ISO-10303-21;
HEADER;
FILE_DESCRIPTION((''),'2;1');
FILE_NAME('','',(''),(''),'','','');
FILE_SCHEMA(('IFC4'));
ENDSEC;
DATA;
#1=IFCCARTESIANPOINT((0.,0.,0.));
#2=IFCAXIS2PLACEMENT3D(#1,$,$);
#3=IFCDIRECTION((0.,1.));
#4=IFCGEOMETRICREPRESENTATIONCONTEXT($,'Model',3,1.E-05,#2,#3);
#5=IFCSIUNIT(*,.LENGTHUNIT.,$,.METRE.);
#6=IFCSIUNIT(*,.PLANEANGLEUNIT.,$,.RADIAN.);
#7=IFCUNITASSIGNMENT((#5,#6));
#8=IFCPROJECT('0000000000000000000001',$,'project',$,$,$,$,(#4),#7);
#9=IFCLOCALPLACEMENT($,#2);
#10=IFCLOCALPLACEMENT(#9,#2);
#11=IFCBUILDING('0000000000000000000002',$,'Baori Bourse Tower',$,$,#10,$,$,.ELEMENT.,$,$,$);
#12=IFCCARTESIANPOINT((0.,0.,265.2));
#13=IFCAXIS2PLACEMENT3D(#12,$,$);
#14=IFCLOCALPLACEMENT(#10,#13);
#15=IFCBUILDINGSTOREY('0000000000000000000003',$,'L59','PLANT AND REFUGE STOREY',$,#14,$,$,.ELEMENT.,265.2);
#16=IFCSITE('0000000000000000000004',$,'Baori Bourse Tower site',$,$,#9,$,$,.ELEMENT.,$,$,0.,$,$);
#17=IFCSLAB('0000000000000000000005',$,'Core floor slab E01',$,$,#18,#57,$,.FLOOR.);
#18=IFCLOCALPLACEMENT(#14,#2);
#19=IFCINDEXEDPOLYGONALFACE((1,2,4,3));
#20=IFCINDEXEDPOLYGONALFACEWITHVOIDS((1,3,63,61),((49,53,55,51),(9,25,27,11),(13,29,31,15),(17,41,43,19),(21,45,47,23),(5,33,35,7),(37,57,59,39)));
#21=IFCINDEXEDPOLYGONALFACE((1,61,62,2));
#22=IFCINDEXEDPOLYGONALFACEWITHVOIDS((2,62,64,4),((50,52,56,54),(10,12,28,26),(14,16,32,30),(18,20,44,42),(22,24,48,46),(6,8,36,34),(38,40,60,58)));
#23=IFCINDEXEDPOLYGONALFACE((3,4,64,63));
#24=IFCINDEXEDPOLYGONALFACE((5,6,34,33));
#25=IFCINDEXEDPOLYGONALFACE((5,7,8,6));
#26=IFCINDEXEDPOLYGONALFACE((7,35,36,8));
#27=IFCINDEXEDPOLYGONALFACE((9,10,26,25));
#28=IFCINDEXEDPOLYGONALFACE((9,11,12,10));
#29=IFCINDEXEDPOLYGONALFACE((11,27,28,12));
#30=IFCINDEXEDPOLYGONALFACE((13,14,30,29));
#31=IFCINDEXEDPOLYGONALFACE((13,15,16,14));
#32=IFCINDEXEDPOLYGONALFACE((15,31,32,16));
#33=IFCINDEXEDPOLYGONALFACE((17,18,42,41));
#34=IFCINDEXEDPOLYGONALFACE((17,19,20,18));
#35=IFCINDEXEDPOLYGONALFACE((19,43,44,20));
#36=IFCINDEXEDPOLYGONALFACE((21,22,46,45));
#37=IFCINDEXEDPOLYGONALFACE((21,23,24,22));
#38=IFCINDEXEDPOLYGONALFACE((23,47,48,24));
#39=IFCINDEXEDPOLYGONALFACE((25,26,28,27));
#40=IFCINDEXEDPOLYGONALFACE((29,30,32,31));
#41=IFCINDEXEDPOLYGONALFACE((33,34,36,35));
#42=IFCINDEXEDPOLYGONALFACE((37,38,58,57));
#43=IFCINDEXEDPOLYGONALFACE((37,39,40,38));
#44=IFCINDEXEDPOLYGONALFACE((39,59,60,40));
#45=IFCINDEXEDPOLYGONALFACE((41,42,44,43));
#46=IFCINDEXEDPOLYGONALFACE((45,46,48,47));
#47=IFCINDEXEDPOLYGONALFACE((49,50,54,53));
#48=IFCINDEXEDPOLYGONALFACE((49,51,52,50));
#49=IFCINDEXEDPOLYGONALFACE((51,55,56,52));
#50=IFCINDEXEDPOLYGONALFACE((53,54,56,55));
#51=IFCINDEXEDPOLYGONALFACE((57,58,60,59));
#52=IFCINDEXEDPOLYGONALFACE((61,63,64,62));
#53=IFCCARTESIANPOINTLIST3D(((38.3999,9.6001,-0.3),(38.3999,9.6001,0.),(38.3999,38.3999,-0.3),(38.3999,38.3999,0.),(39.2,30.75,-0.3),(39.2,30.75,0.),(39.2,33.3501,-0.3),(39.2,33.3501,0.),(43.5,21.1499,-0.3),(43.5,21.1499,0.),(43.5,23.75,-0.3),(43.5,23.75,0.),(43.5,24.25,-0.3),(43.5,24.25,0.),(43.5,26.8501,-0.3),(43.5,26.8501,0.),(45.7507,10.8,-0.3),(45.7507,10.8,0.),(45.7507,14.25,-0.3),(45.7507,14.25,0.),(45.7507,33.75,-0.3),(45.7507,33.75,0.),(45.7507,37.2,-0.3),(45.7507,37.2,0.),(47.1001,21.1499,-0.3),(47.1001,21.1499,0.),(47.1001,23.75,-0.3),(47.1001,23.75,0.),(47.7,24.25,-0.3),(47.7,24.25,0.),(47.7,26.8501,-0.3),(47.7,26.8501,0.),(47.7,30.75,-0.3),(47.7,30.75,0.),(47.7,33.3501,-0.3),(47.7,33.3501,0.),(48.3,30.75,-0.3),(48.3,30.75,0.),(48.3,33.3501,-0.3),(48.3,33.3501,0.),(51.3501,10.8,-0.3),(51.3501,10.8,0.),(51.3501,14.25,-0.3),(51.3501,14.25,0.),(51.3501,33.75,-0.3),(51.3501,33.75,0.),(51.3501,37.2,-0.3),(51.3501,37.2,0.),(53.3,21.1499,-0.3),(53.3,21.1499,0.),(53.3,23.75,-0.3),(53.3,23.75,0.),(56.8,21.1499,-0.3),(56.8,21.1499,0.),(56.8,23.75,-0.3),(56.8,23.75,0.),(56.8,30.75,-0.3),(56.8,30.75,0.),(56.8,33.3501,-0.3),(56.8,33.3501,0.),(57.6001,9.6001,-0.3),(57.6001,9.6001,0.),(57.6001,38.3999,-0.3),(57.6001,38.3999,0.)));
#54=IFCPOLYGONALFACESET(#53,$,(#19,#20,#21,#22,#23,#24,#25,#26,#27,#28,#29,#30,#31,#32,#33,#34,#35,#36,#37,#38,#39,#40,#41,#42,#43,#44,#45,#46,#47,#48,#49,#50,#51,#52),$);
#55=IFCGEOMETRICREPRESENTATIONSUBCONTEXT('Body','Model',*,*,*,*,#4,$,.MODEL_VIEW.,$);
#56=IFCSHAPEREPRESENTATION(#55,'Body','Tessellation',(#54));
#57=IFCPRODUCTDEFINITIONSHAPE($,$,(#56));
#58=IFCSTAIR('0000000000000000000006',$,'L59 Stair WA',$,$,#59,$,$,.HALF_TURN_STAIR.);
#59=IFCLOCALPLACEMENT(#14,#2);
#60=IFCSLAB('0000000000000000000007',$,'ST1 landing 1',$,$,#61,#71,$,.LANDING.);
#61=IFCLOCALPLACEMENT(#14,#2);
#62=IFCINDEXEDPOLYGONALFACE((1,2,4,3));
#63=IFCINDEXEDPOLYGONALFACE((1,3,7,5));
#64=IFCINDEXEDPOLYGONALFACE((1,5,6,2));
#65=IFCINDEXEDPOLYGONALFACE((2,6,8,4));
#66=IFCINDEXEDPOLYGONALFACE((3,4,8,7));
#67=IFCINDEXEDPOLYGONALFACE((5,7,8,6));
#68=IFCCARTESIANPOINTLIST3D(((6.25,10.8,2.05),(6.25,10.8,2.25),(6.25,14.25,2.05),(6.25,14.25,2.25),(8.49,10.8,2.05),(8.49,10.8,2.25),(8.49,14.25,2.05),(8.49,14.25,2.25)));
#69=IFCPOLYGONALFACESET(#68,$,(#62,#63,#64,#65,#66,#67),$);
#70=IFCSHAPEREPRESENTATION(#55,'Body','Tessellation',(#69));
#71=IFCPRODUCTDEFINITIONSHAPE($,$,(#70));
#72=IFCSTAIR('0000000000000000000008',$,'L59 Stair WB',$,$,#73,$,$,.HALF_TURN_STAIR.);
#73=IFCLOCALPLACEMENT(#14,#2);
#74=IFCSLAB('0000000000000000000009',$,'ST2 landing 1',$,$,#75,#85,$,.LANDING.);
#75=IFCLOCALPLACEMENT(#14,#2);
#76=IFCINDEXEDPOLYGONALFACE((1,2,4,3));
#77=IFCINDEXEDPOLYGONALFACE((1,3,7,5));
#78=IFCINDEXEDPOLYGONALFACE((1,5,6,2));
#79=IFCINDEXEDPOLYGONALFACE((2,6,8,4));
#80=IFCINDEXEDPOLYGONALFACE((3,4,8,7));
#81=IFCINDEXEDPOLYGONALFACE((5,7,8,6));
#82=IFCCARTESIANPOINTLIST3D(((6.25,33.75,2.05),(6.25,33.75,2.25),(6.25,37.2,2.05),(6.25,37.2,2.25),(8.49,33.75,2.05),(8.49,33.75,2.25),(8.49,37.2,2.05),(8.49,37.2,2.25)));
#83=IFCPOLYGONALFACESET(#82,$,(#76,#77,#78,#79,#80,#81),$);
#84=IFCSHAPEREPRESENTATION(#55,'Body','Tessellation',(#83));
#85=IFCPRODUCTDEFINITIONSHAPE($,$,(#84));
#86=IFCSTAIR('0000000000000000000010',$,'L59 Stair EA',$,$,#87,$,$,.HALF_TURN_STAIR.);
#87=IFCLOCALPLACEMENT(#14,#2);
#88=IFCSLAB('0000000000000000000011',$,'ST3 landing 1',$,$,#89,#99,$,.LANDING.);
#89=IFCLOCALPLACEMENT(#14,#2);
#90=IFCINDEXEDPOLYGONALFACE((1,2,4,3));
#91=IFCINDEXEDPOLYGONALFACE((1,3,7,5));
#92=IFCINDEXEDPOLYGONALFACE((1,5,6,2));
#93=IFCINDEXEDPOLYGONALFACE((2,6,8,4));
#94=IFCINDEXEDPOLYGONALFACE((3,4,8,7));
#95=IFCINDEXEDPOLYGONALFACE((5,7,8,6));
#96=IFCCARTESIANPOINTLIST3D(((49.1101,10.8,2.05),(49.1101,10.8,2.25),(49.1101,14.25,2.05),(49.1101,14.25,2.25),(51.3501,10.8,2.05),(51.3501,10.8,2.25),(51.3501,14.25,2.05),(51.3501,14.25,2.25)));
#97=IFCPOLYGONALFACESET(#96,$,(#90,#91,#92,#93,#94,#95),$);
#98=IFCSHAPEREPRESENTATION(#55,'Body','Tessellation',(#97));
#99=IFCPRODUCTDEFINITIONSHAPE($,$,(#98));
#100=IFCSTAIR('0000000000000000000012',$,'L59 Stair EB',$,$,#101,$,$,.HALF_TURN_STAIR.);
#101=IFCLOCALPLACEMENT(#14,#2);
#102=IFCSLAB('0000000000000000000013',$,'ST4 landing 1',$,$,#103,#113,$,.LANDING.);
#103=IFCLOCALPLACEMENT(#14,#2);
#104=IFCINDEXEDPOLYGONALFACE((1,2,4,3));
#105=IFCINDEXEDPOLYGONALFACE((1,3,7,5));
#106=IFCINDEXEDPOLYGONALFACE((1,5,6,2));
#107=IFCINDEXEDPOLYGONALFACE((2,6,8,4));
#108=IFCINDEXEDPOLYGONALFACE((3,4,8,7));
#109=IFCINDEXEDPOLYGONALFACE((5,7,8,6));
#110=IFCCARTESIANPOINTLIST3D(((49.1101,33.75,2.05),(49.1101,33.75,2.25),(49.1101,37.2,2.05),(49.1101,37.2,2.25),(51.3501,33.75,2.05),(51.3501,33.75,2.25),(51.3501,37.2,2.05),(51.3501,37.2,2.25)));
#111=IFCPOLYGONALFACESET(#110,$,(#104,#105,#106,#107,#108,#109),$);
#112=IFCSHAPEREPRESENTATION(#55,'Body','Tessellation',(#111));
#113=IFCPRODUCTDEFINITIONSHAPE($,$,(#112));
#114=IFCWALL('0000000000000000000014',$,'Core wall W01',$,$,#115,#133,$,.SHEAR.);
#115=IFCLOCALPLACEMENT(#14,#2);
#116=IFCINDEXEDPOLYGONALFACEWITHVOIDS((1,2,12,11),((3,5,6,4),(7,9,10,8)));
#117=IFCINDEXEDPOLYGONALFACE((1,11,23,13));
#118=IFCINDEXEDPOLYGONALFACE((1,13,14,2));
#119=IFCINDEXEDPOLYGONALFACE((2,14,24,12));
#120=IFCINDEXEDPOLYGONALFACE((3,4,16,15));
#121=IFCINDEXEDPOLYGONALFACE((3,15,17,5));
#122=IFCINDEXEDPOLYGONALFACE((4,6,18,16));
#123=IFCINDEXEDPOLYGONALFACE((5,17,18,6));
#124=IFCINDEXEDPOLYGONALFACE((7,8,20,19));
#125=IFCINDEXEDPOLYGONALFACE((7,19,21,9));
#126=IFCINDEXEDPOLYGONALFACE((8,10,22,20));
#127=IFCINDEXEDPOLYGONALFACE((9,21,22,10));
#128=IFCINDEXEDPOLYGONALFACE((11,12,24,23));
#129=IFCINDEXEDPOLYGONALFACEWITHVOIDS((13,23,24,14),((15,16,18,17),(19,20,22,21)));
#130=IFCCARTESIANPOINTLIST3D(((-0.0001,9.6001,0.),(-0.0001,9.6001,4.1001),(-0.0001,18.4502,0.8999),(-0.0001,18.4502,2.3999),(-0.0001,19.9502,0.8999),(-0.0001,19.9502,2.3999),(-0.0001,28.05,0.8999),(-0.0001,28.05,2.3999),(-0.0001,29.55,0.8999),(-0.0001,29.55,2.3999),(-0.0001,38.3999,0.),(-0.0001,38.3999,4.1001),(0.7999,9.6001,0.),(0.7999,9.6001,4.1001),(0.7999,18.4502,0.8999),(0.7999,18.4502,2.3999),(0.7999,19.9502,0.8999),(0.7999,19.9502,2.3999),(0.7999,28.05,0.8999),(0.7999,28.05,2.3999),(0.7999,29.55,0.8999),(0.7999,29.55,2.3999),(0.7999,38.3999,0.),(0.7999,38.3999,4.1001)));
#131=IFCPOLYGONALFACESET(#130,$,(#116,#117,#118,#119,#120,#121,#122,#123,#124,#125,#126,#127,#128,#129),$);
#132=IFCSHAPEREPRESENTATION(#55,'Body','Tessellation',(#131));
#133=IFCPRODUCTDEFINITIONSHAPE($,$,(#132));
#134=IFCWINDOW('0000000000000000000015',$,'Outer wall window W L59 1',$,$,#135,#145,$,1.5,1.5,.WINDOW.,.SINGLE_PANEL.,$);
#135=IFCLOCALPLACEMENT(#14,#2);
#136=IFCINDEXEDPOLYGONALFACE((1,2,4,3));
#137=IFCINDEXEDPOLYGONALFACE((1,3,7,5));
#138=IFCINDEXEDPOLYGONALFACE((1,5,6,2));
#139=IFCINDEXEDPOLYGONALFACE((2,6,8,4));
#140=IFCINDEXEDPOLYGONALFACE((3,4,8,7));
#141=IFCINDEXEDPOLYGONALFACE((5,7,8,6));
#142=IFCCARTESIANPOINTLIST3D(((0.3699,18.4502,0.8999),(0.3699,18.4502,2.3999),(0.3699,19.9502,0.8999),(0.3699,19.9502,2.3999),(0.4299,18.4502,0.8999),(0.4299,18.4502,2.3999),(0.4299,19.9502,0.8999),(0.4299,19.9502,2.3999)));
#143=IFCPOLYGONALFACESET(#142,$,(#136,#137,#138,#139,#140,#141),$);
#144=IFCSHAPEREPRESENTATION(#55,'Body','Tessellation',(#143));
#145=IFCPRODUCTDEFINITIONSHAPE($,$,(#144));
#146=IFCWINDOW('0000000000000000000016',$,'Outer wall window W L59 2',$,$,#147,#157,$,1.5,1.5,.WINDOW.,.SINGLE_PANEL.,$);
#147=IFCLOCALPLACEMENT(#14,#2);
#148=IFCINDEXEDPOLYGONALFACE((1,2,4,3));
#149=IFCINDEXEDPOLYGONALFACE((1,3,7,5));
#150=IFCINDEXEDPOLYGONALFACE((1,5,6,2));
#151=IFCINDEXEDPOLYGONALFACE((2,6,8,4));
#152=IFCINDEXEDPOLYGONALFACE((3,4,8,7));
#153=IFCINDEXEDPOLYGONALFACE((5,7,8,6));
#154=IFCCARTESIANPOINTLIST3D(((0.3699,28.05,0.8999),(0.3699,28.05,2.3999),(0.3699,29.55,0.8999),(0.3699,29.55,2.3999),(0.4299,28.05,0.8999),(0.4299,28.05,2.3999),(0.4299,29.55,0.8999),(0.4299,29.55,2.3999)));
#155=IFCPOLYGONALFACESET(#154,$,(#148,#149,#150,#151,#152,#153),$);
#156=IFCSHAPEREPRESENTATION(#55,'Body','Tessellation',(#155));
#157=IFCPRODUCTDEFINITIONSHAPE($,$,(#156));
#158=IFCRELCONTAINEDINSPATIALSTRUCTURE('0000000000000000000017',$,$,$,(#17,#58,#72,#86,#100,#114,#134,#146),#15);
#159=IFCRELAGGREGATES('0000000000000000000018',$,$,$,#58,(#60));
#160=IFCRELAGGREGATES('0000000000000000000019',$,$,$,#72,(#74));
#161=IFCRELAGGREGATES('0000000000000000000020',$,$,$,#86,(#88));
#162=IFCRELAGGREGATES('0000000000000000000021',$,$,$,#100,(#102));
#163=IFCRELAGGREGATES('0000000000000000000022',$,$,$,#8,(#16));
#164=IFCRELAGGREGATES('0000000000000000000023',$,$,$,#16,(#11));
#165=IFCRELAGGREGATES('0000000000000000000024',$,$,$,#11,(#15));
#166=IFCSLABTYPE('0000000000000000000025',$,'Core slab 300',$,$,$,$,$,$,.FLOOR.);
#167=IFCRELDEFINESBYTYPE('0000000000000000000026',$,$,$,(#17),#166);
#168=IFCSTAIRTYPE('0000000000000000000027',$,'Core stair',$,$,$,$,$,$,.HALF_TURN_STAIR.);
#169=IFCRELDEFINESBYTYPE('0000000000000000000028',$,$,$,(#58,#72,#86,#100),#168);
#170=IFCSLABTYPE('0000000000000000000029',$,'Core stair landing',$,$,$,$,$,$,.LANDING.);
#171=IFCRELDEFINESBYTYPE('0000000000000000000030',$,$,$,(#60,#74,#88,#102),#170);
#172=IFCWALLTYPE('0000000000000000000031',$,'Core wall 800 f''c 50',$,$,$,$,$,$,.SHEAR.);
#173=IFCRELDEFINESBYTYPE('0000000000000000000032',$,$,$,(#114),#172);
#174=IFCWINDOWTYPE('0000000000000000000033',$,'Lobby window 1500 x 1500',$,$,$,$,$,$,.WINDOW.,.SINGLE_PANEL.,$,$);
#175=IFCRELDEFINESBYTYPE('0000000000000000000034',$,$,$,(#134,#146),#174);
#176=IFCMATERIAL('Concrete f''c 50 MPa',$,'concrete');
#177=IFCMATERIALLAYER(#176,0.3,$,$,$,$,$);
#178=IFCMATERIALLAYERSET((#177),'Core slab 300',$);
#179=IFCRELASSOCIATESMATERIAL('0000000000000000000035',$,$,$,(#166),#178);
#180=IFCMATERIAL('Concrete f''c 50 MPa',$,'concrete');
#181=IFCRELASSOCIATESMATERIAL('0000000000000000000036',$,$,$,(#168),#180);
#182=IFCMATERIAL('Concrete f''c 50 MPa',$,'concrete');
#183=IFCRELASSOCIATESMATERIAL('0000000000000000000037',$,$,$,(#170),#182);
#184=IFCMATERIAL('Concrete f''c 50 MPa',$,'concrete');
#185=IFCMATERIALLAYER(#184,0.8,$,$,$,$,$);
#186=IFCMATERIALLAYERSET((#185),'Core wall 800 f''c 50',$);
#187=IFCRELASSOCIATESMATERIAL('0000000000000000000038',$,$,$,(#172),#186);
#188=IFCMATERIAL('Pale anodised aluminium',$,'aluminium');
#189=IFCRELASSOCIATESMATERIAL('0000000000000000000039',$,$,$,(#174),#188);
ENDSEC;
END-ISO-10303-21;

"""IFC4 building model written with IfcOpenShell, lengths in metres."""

from ifc_helpers import new_model, si_unit, direction, frame, frame_2d, origin, place, context, subcontext, project, spatial, polyline, rectangle, outline, extrude, material, layer, layer_set, type_object, element, fill, aggregate, save


model = new_model("IFC4")

# Units and contexts
model_context = context("Model", 3, precision=1e-05, world=origin(), true_north=direction((0.0, 1.0)))
body_context = subcontext(model_context, "Body", "Model", "MODEL_VIEW")
ifc_project = project(units=[si_unit("LENGTHUNIT", "METRE"), si_unit("PLANEANGLEUNIT", "RADIAN")], contexts=[model_context])

# Site, building, storey
site_placement = place(None, origin())
site = spatial("IfcSite", under=ifc_project, at=site_placement, Name="Baori Bourse Tower site", CompositionType="ELEMENT", RefElevation=0.0)
building_placement = place(site_placement, origin())
building = spatial("IfcBuilding", under=site, at=building_placement, Name="Baori Bourse Tower", CompositionType="ELEMENT")
storey_placement = place(building_placement, frame((0.0, 0.0, 265.2)))
storey = spatial("IfcBuildingStorey", under=building, at=storey_placement, Name="L59", Description="PLANT AND REFUGE STOREY", CompositionType="ELEMENT", Elevation=265.2)

# Slab
ifc_material_1 = material(Name="Concrete f'c 50 MPa", Category="concrete")
ifc_layer_1 = layer(ifc_material_1, 0.3)
ifc_layer_set_1 = layer_set([ifc_layer_1], Name="Core slab 300")
slab_type_1 = type_object("IfcSlabType", Name="Core slab 300", PredefinedType="FLOOR", material=ifc_layer_set_1)
slab_1_placement = place(storey_placement, frame((0.0, 0.0, -0.3)))
element("IfcSlab", 1, at=slab_1_placement, inside=storey, type_object=slab_type_1, Name="Core floor slab E01", PredefinedType="FLOOR", context=body_context, shape_type="SweptSolid", body=[
    extrude(outline(polyline([(57.6001, 9.6001), (57.6001, 38.3999), (38.3999, 38.3999), (38.3999, 9.6001), (57.6001, 9.6001)]), holes=[polyline([(48.3, 33.3501), (56.8, 33.3501), (56.8, 30.75), (48.3, 30.75), (48.3, 33.3501)]), polyline([(56.8, 21.1499), (53.3, 21.1499), (53.3, 23.75), (56.8, 23.75), (56.8, 21.1499)]), polyline([(45.7507, 14.25), (51.3501, 14.25), (51.3501, 10.8), (45.7507, 10.8), (45.7507, 14.25)]), polyline([(51.3501, 37.2), (51.3501, 33.75), (45.7507, 33.75), (45.7507, 37.2), (51.3501, 37.2)]), polyline([(43.5, 24.25), (43.5, 26.8501), (47.7, 26.8501), (47.7, 24.25), (43.5, 24.25)]), polyline([(47.7, 33.3501), (47.7, 30.75), (39.2, 30.75), (39.2, 33.3501), (47.7, 33.3501)]), polyline([(43.5, 23.75), (47.1001, 23.75), (47.1001, 21.1499), (43.5, 21.1499), (43.5, 23.75)])]), origin(), (0.0, 0.0, 1.0), 0.3),
])

# Stairs, slabs
ifc_material_2 = material(Name="Concrete f'c 50 MPa", Category="concrete")
stair_type = type_object("IfcStairType", Name="Core stair", PredefinedType="HALF_TURN_STAIR", material=ifc_material_2)
stair_1_placement = place(storey_placement, origin())
stair_1 = element("IfcStair", 2, at=stair_1_placement, inside=storey, type_object=stair_type, Name="L59 Stair WA", PredefinedType="HALF_TURN_STAIR")
ifc_material_3 = material(Name="Concrete f'c 50 MPa", Category="concrete")
slab_type_2 = type_object("IfcSlabType", Name="Core stair landing", PredefinedType="LANDING", material=ifc_material_3)
slab_2_placement = place(storey_placement, frame((0.0, 0.0, 2.05)))
slab_2 = element("IfcSlab", 3, at=slab_2_placement, type_object=slab_type_2, Name="ST1 landing 1", PredefinedType="LANDING", context=body_context, shape_type="SweptSolid", body=[
    extrude(outline(polyline([(8.49, 14.25), (6.25, 14.25), (6.25, 10.8), (8.49, 10.8), (8.49, 14.25)])), origin(), (0.0, 0.0, 1.0), 0.2),
])
aggregate(stair_1, [slab_2])
stair_2_placement = place(storey_placement, origin())
stair_2 = element("IfcStair", 4, at=stair_2_placement, inside=storey, type_object=stair_type, Name="L59 Stair WB", PredefinedType="HALF_TURN_STAIR")
slab_3_placement = place(storey_placement, frame((0.0, 0.0, 2.05)))
slab_3 = element("IfcSlab", 5, at=slab_3_placement, type_object=slab_type_2, Name="ST2 landing 1", PredefinedType="LANDING", context=body_context, shape_type="SweptSolid", body=[
    extrude(outline(polyline([(8.49, 37.2), (6.25, 37.2), (6.25, 33.75), (8.49, 33.75), (8.49, 37.2)])), origin(), (0.0, 0.0, 1.0), 0.2),
])
aggregate(stair_2, [slab_3])
stair_3_placement = place(storey_placement, origin())
stair_3 = element("IfcStair", 6, at=stair_3_placement, inside=storey, type_object=stair_type, Name="L59 Stair EA", PredefinedType="HALF_TURN_STAIR")
slab_4_placement = place(storey_placement, frame((0.0, 0.0, 2.05)))
slab_4 = element("IfcSlab", 7, at=slab_4_placement, type_object=slab_type_2, Name="ST3 landing 1", PredefinedType="LANDING", context=body_context, shape_type="SweptSolid", body=[
    extrude(outline(polyline([(49.1101, 10.8), (51.3501, 10.8), (51.3501, 14.25), (49.1101, 14.25), (49.1101, 10.8)])), origin(), (0.0, 0.0, 1.0), 0.2),
])
aggregate(stair_3, [slab_4])
stair_4_placement = place(storey_placement, origin())
stair_4 = element("IfcStair", 8, at=stair_4_placement, inside=storey, type_object=stair_type, Name="L59 Stair EB", PredefinedType="HALF_TURN_STAIR")
slab_5_placement = place(storey_placement, frame((0.0, 0.0, 2.05)))
slab_5 = element("IfcSlab", 9, at=slab_5_placement, type_object=slab_type_2, Name="ST4 landing 1", PredefinedType="LANDING", context=body_context, shape_type="SweptSolid", body=[
    extrude(outline(polyline([(49.1101, 33.75), (51.3501, 33.75), (51.3501, 37.2), (49.1101, 37.2), (49.1101, 33.75)])), origin(), (0.0, 0.0, 1.0), 0.2),
])
aggregate(stair_4, [slab_5])

# Wall, openings, windows
ifc_material_4 = material(Name="Concrete f'c 50 MPa", Category="concrete")
ifc_layer_2 = layer(ifc_material_4, 0.8)
ifc_layer_set_2 = layer_set([ifc_layer_2], Name="Core wall 800 f'c 50")
wall_type_1 = type_object("IfcWallType", Name="Core wall 800 f'c 50", PredefinedType="SHEAR", material=ifc_layer_set_2)
wall_1_placement = place(storey_placement, frame((0.3999, 9.6001, 0.0), z_axis=(0.0, 0.0, 1.0), x_axis=(0.0, 1.0, 0.0)))
wall_1 = element("IfcWall", 10, at=wall_1_placement, inside=storey, type_object=wall_type_1, Name="Core wall W01", PredefinedType="SHEAR", context=body_context, shape_type="SweptSolid", body=[
    extrude(rectangle(XDim=28.7998, YDim=0.8, at=frame_2d((14.3999, 0.0))), origin(), (0.0, 0.0, 1.0), 4.1001),
])
opening_1_placement = place(wall_1_placement, frame((8.8501, 0.0, 0.8999)))
opening_1 = element("IfcOpeningElement", 11, at=opening_1_placement, cuts=wall_1, PredefinedType="OPENING", context=body_context, shape_type="SweptSolid", body=[
    extrude(rectangle(XDim=1.5, YDim=1.5, at=frame_2d((0.75, 0.75))), frame((0.0, 0.4099, 0.0), z_axis=(0.0, -1.0, 0.0), x_axis=(1.0, 0.0, 0.0)), (0.0, 0.0, 1.0), 0.8201),
])
opening_2_placement = place(wall_1_placement, frame((18.45, 0.0, 0.8999)))
opening_2 = element("IfcOpeningElement", 12, at=opening_2_placement, cuts=wall_1, PredefinedType="OPENING", context=body_context, shape_type="SweptSolid", body=[
    extrude(rectangle(XDim=1.5, YDim=1.5, at=frame_2d((0.75, 0.75))), frame((0.0, 0.4099, 0.0), z_axis=(0.0, -1.0, 0.0), x_axis=(1.0, 0.0, 0.0)), (0.0, 0.0, 1.0), 0.8201),
])
ifc_material_5 = material(Name="Pale anodised aluminium", Category="aluminium")
window_type_1 = type_object("IfcWindowType", Name="Lobby window 1500 x 1500", PartitioningType="SINGLE_PANEL", PredefinedType="WINDOW", material=ifc_material_5)
window_1_placement = place(opening_1_placement, origin())
window_1 = element("IfcWindow", 13, at=window_1_placement, inside=storey, type_object=window_type_1, Name="Outer wall window W L59 1", OverallHeight=1.5, OverallWidth=1.5, PartitioningType="SINGLE_PANEL", PredefinedType="WINDOW", context=body_context, shape_type="SweptSolid", body=[
    extrude(rectangle(XDim=1.5, YDim=1.5, at=frame_2d((0.75, 0.75))), frame((0.0, 0.03, 0.0), z_axis=(0.0, -1.0, 0.0), x_axis=(1.0, 0.0, 0.0)), (0.0, 0.0, 1.0), 0.0601),
])
fill(opening_1, window_1)
window_2_placement = place(opening_2_placement, origin())
window_2 = element("IfcWindow", 14, at=window_2_placement, inside=storey, type_object=window_type_1, Name="Outer wall window W L59 2", OverallHeight=1.5, OverallWidth=1.5, PartitioningType="SINGLE_PANEL", PredefinedType="WINDOW", context=body_context, shape_type="SweptSolid", body=[
    extrude(rectangle(XDim=1.5, YDim=1.5, at=frame_2d((0.75, 0.75))), frame((0.0, 0.03, 0.0), z_axis=(0.0, -1.0, 0.0), x_axis=(1.0, 0.0, 0.0)), (0.0, 0.0, 1.0), 0.0601),
])
fill(opening_2, window_2)

save(model, "model.ifc")
